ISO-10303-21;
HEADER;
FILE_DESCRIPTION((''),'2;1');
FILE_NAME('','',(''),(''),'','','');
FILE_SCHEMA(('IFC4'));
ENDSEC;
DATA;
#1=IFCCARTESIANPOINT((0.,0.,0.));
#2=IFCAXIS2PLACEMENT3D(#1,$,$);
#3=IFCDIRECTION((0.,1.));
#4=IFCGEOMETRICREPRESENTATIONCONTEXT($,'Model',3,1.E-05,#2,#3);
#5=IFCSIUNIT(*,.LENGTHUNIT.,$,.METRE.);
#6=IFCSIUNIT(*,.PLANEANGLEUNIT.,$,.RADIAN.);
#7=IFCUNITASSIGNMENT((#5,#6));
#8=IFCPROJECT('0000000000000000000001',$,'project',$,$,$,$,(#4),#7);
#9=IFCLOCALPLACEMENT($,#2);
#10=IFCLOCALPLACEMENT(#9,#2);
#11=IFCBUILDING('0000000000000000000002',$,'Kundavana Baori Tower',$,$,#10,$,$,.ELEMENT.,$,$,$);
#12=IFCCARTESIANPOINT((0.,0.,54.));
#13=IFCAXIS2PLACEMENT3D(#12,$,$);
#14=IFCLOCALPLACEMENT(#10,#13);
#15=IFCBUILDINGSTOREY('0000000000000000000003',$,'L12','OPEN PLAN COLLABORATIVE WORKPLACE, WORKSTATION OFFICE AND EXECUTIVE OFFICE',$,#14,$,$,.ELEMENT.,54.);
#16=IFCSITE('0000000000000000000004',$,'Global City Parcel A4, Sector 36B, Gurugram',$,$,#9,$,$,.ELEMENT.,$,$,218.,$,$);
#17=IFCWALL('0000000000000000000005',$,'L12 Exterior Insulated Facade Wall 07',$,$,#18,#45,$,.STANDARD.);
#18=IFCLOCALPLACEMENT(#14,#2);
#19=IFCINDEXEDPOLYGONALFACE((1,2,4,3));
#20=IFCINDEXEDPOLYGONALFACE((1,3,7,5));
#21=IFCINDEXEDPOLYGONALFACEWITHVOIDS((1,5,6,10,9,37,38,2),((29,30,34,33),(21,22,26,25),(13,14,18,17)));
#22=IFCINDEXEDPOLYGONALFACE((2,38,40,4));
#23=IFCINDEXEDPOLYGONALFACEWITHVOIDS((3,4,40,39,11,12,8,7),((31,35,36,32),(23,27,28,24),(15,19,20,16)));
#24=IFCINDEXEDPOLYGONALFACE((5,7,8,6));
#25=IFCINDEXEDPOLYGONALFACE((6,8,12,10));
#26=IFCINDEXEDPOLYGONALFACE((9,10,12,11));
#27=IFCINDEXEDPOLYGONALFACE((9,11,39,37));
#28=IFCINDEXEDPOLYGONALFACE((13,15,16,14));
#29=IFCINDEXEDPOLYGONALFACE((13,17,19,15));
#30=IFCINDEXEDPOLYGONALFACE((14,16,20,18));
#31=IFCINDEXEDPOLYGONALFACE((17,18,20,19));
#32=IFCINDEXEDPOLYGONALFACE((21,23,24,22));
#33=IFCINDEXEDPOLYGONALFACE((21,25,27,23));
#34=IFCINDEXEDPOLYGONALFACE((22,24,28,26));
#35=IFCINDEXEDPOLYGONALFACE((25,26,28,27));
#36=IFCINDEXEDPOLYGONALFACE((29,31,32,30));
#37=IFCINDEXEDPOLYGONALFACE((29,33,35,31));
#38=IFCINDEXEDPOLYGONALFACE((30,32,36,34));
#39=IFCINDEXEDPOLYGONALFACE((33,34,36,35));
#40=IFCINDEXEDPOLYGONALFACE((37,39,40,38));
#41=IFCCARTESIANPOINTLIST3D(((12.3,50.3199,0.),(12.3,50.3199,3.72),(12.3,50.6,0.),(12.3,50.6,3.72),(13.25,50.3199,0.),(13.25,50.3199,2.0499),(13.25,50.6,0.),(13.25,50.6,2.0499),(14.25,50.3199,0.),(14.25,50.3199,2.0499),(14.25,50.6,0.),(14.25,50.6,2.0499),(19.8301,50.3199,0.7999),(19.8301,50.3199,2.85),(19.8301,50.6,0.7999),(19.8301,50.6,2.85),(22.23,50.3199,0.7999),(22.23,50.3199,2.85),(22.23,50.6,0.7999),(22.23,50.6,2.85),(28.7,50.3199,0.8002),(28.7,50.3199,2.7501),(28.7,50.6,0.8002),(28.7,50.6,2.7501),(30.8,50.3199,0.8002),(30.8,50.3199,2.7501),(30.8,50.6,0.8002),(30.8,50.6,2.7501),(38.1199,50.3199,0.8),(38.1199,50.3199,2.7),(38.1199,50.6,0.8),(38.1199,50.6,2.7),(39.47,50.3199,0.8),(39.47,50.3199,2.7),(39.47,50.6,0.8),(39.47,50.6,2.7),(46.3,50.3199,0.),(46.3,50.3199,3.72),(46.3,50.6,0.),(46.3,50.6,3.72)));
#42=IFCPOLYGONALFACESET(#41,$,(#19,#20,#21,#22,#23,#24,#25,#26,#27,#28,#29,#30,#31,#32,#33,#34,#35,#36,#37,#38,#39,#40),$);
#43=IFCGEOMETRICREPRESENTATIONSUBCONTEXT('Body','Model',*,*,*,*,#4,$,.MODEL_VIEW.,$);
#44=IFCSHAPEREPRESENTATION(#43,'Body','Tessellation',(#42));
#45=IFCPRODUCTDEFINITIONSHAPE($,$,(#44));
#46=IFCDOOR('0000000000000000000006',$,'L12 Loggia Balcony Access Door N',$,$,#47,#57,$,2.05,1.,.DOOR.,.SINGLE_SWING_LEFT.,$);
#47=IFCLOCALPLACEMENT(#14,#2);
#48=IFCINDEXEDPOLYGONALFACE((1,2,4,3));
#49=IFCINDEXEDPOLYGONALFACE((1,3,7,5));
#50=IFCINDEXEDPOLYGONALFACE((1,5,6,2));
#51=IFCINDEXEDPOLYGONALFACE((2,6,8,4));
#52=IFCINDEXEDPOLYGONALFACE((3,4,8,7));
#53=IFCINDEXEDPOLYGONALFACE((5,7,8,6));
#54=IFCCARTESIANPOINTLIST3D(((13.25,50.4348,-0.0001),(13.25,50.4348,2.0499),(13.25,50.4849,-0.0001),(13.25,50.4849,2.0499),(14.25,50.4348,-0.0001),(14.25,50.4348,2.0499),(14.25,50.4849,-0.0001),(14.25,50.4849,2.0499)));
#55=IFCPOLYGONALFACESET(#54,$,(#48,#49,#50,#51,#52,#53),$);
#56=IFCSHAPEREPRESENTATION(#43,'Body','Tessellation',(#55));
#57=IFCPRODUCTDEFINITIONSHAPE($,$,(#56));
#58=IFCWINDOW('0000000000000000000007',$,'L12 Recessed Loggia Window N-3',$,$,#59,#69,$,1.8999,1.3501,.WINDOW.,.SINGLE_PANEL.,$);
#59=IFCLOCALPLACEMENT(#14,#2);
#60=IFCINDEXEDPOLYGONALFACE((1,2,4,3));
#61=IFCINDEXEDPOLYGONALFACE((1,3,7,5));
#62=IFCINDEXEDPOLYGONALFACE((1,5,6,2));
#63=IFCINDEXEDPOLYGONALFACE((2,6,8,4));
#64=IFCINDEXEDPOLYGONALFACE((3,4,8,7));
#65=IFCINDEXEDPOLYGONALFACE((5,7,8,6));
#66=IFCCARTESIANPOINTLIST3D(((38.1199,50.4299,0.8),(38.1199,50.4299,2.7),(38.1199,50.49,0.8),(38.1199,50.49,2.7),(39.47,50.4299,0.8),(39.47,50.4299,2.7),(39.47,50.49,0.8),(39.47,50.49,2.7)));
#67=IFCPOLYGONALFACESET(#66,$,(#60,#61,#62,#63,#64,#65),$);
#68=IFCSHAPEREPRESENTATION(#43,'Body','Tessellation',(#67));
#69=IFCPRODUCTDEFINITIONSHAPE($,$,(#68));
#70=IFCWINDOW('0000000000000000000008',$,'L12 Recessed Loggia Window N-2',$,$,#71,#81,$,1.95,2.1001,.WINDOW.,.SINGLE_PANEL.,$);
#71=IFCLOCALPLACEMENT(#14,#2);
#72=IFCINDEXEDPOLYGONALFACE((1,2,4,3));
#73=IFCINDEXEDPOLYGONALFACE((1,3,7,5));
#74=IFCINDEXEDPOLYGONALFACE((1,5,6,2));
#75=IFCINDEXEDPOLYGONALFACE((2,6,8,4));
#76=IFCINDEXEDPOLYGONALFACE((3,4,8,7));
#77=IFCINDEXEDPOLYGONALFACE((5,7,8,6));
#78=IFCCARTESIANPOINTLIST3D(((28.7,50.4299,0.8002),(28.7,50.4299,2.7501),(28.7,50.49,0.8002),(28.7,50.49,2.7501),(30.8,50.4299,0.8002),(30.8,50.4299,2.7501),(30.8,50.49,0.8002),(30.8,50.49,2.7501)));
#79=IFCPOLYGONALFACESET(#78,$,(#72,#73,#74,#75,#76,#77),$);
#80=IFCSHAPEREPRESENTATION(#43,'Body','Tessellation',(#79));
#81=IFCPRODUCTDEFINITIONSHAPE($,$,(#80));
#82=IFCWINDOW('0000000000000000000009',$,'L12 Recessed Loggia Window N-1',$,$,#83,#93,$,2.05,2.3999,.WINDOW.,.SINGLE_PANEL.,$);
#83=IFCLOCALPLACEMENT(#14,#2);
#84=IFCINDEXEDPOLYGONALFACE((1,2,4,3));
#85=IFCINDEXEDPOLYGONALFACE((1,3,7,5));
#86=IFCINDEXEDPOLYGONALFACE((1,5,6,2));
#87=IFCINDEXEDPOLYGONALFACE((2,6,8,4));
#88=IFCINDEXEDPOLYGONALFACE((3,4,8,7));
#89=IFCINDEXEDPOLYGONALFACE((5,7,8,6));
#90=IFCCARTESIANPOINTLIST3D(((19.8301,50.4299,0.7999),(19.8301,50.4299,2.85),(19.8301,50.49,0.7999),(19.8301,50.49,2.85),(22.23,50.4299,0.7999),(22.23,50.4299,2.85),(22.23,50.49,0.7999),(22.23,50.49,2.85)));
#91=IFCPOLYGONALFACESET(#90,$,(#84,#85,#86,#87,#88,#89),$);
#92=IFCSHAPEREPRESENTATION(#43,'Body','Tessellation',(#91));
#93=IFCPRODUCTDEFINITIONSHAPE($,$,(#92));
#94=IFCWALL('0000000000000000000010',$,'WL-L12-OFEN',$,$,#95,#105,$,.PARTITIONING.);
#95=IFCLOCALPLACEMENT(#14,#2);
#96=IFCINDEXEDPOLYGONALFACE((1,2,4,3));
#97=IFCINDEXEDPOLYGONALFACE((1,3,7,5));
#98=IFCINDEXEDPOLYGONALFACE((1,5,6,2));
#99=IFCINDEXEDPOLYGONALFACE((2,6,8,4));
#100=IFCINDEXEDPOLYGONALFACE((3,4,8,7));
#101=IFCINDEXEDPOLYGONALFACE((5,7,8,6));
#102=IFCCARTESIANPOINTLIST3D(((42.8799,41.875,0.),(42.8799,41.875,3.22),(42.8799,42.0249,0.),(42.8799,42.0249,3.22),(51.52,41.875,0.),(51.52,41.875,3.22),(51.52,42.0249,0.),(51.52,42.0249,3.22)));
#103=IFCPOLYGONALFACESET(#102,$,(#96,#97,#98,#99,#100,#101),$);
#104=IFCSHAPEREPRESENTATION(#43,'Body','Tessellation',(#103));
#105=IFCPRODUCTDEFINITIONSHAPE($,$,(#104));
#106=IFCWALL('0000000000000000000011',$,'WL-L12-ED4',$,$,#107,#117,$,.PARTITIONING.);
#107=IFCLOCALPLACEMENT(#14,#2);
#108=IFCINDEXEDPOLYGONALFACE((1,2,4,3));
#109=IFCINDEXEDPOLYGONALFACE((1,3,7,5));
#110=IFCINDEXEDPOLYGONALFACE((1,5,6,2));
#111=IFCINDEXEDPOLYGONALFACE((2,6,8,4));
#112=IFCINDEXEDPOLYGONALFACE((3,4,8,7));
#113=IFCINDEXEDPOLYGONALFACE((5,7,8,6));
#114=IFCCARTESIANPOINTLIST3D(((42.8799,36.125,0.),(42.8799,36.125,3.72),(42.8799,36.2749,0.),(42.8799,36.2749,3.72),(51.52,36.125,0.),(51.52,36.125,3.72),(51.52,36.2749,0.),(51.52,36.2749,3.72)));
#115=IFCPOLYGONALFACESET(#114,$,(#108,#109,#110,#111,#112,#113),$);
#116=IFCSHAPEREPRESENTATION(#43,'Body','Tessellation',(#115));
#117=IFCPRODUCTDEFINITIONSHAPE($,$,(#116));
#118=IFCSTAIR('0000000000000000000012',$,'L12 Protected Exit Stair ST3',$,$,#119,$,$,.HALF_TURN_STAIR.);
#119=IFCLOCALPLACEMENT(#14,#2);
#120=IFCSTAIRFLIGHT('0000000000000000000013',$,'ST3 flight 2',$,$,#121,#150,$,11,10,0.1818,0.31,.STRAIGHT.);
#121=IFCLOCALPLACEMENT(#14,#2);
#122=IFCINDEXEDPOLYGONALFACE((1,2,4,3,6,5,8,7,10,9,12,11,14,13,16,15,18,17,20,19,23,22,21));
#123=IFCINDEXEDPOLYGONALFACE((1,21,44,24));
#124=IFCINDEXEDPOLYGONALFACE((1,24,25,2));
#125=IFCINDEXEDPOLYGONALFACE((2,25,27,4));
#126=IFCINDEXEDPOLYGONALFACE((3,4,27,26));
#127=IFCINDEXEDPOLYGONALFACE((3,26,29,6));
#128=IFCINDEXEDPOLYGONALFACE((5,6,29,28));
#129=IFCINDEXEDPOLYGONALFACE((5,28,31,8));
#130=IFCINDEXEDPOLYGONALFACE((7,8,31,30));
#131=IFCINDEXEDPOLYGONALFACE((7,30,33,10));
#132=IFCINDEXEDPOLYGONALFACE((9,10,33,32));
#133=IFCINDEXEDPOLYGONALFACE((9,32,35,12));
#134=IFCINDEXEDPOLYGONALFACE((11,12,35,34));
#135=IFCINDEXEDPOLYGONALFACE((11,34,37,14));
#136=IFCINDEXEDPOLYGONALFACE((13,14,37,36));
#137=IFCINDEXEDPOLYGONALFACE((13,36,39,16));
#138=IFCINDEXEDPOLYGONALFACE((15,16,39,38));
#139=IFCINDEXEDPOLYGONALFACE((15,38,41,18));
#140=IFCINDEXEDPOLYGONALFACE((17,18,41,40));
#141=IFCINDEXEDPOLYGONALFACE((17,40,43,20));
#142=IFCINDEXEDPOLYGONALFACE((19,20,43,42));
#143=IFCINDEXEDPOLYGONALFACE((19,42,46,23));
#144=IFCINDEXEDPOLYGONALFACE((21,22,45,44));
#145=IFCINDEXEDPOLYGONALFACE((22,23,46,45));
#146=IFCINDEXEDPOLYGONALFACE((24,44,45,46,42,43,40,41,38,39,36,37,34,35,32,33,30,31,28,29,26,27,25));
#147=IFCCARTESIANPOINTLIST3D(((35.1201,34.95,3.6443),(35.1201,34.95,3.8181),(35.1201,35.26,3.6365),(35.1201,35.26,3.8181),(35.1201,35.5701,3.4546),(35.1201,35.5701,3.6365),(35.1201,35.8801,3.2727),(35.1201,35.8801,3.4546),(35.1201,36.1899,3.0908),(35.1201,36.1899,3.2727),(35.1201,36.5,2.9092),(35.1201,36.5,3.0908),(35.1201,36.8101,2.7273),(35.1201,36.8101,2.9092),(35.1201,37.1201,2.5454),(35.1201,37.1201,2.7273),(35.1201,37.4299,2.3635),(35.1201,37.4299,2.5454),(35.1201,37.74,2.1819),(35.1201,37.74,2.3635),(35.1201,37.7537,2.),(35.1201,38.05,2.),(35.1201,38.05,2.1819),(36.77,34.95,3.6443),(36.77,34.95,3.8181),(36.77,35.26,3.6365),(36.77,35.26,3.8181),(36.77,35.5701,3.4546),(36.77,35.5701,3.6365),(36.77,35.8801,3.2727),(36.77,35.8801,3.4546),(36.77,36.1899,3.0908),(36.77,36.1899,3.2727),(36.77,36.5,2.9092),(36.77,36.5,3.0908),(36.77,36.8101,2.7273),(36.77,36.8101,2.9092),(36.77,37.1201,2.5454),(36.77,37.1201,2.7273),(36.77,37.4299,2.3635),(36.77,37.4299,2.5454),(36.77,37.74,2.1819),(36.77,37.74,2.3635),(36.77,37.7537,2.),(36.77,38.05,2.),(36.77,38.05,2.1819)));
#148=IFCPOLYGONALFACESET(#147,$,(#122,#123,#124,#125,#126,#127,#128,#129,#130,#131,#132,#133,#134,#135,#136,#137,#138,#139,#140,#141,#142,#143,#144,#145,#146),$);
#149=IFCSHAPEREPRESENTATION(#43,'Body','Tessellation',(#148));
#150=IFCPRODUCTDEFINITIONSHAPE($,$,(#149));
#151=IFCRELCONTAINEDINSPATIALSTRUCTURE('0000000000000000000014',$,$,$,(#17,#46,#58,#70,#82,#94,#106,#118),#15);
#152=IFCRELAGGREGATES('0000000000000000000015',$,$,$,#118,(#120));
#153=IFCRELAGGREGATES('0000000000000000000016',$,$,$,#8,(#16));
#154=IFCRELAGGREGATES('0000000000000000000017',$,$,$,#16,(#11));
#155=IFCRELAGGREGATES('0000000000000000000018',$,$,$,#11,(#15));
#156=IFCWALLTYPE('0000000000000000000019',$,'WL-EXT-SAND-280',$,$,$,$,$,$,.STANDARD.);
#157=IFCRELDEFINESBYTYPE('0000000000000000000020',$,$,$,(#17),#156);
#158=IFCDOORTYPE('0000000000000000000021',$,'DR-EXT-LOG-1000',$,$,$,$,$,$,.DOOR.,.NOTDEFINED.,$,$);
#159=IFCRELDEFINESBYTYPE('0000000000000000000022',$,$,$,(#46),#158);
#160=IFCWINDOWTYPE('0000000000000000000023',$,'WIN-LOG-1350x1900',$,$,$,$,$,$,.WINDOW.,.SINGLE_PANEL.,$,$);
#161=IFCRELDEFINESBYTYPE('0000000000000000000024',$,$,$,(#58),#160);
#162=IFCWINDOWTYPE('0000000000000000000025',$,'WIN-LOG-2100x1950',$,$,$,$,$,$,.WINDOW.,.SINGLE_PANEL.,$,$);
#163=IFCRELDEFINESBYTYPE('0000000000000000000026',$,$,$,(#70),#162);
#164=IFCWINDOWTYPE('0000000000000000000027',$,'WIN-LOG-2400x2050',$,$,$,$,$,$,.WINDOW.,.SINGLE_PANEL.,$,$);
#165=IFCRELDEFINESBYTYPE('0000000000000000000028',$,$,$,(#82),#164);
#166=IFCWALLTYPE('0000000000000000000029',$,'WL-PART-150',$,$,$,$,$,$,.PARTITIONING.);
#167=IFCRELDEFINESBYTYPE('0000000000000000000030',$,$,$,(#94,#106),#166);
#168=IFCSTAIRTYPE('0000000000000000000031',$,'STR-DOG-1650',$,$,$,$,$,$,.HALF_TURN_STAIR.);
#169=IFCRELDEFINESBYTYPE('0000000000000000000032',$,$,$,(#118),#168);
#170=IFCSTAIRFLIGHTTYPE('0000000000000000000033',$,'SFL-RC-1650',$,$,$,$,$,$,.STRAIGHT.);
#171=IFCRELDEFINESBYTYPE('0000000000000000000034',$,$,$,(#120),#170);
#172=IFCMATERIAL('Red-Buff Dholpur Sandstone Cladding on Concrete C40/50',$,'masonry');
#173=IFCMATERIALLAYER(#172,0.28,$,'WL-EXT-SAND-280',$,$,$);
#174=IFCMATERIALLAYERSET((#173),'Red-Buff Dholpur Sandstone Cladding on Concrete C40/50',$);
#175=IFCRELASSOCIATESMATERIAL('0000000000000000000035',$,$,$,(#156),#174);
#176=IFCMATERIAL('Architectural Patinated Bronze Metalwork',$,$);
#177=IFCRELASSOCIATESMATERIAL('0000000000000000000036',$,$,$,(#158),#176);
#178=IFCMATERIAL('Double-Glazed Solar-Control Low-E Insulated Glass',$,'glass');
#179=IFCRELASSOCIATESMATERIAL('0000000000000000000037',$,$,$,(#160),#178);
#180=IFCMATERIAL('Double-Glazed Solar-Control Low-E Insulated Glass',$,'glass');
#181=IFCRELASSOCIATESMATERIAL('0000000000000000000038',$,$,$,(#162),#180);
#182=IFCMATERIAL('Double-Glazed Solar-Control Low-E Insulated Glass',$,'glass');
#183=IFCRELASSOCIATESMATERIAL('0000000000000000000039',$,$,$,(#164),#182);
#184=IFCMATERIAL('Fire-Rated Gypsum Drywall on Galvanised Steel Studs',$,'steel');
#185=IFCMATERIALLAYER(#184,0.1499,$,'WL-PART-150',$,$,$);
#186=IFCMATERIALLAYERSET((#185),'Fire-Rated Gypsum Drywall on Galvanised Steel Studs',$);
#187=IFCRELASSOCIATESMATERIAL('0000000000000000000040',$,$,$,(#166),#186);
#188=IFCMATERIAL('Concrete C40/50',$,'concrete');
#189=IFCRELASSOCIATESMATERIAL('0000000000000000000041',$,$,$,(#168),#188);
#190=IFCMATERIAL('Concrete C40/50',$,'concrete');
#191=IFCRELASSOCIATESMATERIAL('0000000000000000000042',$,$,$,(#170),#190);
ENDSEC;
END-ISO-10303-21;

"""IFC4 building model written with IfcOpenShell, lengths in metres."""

from ifc_helpers import new_model, si_unit, direction, frame, frame_2d, origin, place, context, subcontext, project, spatial, polyline, rectangle, outline, extrude, material, layer, layer_set, type_object, element, fill, aggregate, save


model = new_model("IFC4")

# Units and contexts
model_context = context("Model", 3, precision=1e-05, world=origin(), true_north=direction((0.0, 1.0)))
body_context = subcontext(model_context, "Body", "Model", "MODEL_VIEW")
ifc_project = project(units=[si_unit("LENGTHUNIT", "METRE"), si_unit("PLANEANGLEUNIT", "RADIAN")], contexts=[model_context])

# Site, building, storey
site_placement = place(None, origin())
site = spatial("IfcSite", under=ifc_project, at=site_placement, Name="Global City Parcel A4, Sector 36B, Gurugram", CompositionType="ELEMENT", RefElevation=218.0)
building_placement = place(site_placement, origin())
building = spatial("IfcBuilding", under=site, at=building_placement, Name="Kundavana Baori Tower", CompositionType="ELEMENT")
storey_placement = place(building_placement, frame((0.0, 0.0, 54.0)))
storey = spatial("IfcBuildingStorey", under=building, at=storey_placement, Name="L12", Description="OPEN PLAN COLLABORATIVE WORKPLACE, WORKSTATION OFFICE AND EXECUTIVE OFFICE", CompositionType="ELEMENT", Elevation=54.0)

# Shared definitions
ifc_material_1 = material(Name="Red-Buff Dholpur Sandstone Cladding on Concrete C40/50", Category="masonry")
ifc_layer_1 = layer(ifc_material_1, 0.28, Name="WL-EXT-SAND-280")
ifc_layer_set_1 = layer_set([ifc_layer_1], Name="Red-Buff Dholpur Sandstone Cladding on Concrete C40/50")
wall_type_1 = type_object("IfcWallType", Name="WL-EXT-SAND-280", PredefinedType="STANDARD", material=ifc_layer_set_1)

# Wall, openings, door, windows
wall_1_placement = place(storey_placement, frame((46.3, 50.46, 0.0), z_axis=(0.0, 0.0, 1.0), x_axis=(-1.0, 0.0, 0.0)))
wall_1 = element("IfcWall", 1, at=wall_1_placement, inside=storey, type_object=wall_type_1, Name="L12 Exterior Insulated Facade Wall 07", PredefinedType="STANDARD", context=body_context, shape_type="SweptSolid", body=[
    extrude(rectangle(XDim=34.0, YDim=0.28, at=frame_2d((17.0, 0.0))), origin(), (0.0, 0.0, 1.0), 3.72),
])
opening_1_placement = place(wall_1_placement, frame((32.05, 0.0, 0.0)))
opening_1 = element("IfcOpeningElement", 2, at=opening_1_placement, cuts=wall_1, PredefinedType="OPENING", context=body_context, shape_type="SweptSolid", body=[
    extrude(rectangle(XDim=1.0, YDim=2.05, at=frame_2d((0.5, 1.0249))), frame((0.0, 0.1499, 0.0), z_axis=(0.0, -1.0, 0.0), x_axis=(1.0, 0.0, 0.0)), (0.0, 0.0, 1.0), 0.3),
])
opening_2_placement = place(wall_1_placement, frame((24.0701, 0.0, 0.8)))
opening_2 = element("IfcOpeningElement", 3, at=opening_2_placement, cuts=wall_1, PredefinedType="OPENING", context=body_context, shape_type="SweptSolid", body=[
    extrude(rectangle(XDim=2.3999, YDim=2.05, at=frame_2d((1.2, 1.0249))), frame((0.0, 0.1499, 0.0), z_axis=(0.0, -1.0, 0.0), x_axis=(1.0, 0.0, 0.0)), (0.0, 0.0, 1.0), 0.3),
])
opening_3_placement = place(wall_1_placement, frame((15.5, 0.0, 0.8)))
opening_3 = element("IfcOpeningElement", 4, at=opening_3_placement, cuts=wall_1, PredefinedType="OPENING", context=body_context, shape_type="SweptSolid", body=[
    extrude(rectangle(XDim=2.1001, YDim=1.95, at=frame_2d((1.05, 0.9751))), frame((0.0, 0.1499, 0.0), z_axis=(0.0, -1.0, 0.0), x_axis=(1.0, 0.0, 0.0)), (0.0, 0.0, 1.0), 0.3),
])
opening_4_placement = place(wall_1_placement, frame((6.8301, 0.0, 0.8)))
opening_4 = element("IfcOpeningElement", 5, at=opening_4_placement, cuts=wall_1, PredefinedType="OPENING", context=body_context, shape_type="SweptSolid", body=[
    extrude(rectangle(XDim=1.3501, YDim=1.8999, at=frame_2d((0.675, 0.95))), frame((0.0, 0.1499, 0.0), z_axis=(0.0, -1.0, 0.0), x_axis=(1.0, 0.0, 0.0)), (0.0, 0.0, 1.0), 0.3),
])
ifc_material_2 = material(Name="Architectural Patinated Bronze Metalwork")
door_type = type_object("IfcDoorType", Name="DR-EXT-LOG-1000", OperationType="NOTDEFINED", PredefinedType="DOOR", material=ifc_material_2)
door_placement = place(opening_1_placement, frame((1.0, 0.0, 0.0), z_axis=(0.0, 0.0, 1.0), x_axis=(-1.0, 0.0, 0.0)))
door = element("IfcDoor", 6, at=door_placement, inside=storey, type_object=door_type, Name="L12 Loggia Balcony Access Door N", OperationType="SINGLE_SWING_LEFT", OverallHeight=2.05, OverallWidth=1.0, PredefinedType="DOOR", context=body_context, shape_type="SweptSolid", body=[
    extrude(rectangle(XDim=1.0, YDim=2.05, at=frame_2d((0.5, 1.0249))), frame((0.0, 0.0249, 0.0), z_axis=(0.0, -1.0, 0.0), x_axis=(1.0, 0.0, 0.0)), (0.0, 0.0, 1.0), 0.05),
])
fill(opening_1, door)
ifc_material_3 = material(Name="Double-Glazed Solar-Control Low-E Insulated Glass", Category="glass")
window_type_1 = type_object("IfcWindowType", Name="WIN-LOG-1350x1900", PartitioningType="SINGLE_PANEL", PredefinedType="WINDOW", material=ifc_material_3)
window_1_placement = place(opening_4_placement, origin())
window_1 = element("IfcWindow", 7, at=window_1_placement, inside=storey, type_object=window_type_1, Name="L12 Recessed Loggia Window N-3", OverallHeight=1.8999, OverallWidth=1.3501, PartitioningType="SINGLE_PANEL", PredefinedType="WINDOW", context=body_context, shape_type="SweptSolid", body=[
    extrude(rectangle(XDim=1.3501, YDim=1.8999, at=frame_2d((0.675, 0.95))), frame((0.0, 0.03, 0.0), z_axis=(0.0, -1.0, 0.0), x_axis=(1.0, 0.0, 0.0)), (0.0, 0.0, 1.0), 0.0601),
])
fill(opening_4, window_1)
ifc_material_4 = material(Name="Double-Glazed Solar-Control Low-E Insulated Glass", Category="glass")
window_type_2 = type_object("IfcWindowType", Name="WIN-LOG-2100x1950", PartitioningType="SINGLE_PANEL", PredefinedType="WINDOW", material=ifc_material_4)
window_2_placement = place(opening_3_placement, origin())
window_2 = element("IfcWindow", 8, at=window_2_placement, inside=storey, type_object=window_type_2, Name="L12 Recessed Loggia Window N-2", OverallHeight=1.95, OverallWidth=2.1001, PartitioningType="SINGLE_PANEL", PredefinedType="WINDOW", context=body_context, shape_type="SweptSolid", body=[
    extrude(rectangle(XDim=2.1001, YDim=1.95, at=frame_2d((1.05, 0.9751))), frame((0.0, 0.03, 0.0), z_axis=(0.0, -1.0, 0.0), x_axis=(1.0, 0.0, 0.0)), (0.0, 0.0, 1.0), 0.0601),
])
fill(opening_3, window_2)
ifc_material_5 = material(Name="Double-Glazed Solar-Control Low-E Insulated Glass", Category="glass")
window_type_3 = type_object("IfcWindowType", Name="WIN-LOG-2400x2050", PartitioningType="SINGLE_PANEL", PredefinedType="WINDOW", material=ifc_material_5)
window_3_placement = place(opening_2_placement, origin())
window_3 = element("IfcWindow", 9, at=window_3_placement, inside=storey, type_object=window_type_3, Name="L12 Recessed Loggia Window N-1", OverallHeight=2.05, OverallWidth=2.3999, PartitioningType="SINGLE_PANEL", PredefinedType="WINDOW", context=body_context, shape_type="SweptSolid", body=[
    extrude(rectangle(XDim=2.3999, YDim=2.05, at=frame_2d((1.2, 1.0249))), frame((0.0, 0.03, 0.0), z_axis=(0.0, -1.0, 0.0), x_axis=(1.0, 0.0, 0.0)), (0.0, 0.0, 1.0), 0.0601),
])
fill(opening_2, window_3)

# Walls
ifc_material_6 = material(Name="Fire-Rated Gypsum Drywall on Galvanised Steel Studs", Category="steel")
ifc_layer_2 = layer(ifc_material_6, 0.1499, Name="WL-PART-150")
ifc_layer_set_2 = layer_set([ifc_layer_2], Name="Fire-Rated Gypsum Drywall on Galvanised Steel Studs")
wall_type_2 = type_object("IfcWallType", Name="WL-PART-150", PredefinedType="PARTITIONING", material=ifc_layer_set_2)
wall_2_placement = place(storey_placement, frame((42.8799, 41.95, 0.0), z_axis=(0.0, 0.0, 1.0), x_axis=(1.0, 0.0, 0.0)))
element("IfcWall", 10, at=wall_2_placement, inside=storey, type_object=wall_type_2, Name="WL-L12-OFEN", PredefinedType="PARTITIONING", context=body_context, shape_type="SweptSolid", body=[
    extrude(rectangle(XDim=8.6401, YDim=0.1499, at=frame_2d((4.3201, 0.0))), origin(), (0.0, 0.0, 1.0), 3.22),
])
wall_3_placement = place(storey_placement, frame((42.8799, 36.2, 0.0), z_axis=(0.0, 0.0, 1.0), x_axis=(1.0, 0.0, 0.0)))
element("IfcWall", 11, at=wall_3_placement, inside=storey, type_object=wall_type_2, Name="WL-L12-ED4", PredefinedType="PARTITIONING", context=body_context, shape_type="SweptSolid", body=[
    extrude(rectangle(XDim=8.6401, YDim=0.1499, at=frame_2d((4.3201, 0.0))), origin(), (0.0, 0.0, 1.0), 3.72),
])

# Stair, stair flight
ifc_material_7 = material(Name="Concrete C40/50", Category="concrete")
stair_type = type_object("IfcStairType", Name="STR-DOG-1650", PredefinedType="HALF_TURN_STAIR", material=ifc_material_7)
stair_placement = place(storey_placement, origin())
stair = element("IfcStair", 12, at=stair_placement, inside=storey, type_object=stair_type, Name="L12 Protected Exit Stair ST3", PredefinedType="HALF_TURN_STAIR")
ifc_material_8 = material(Name="Concrete C40/50", Category="concrete")
stair_flight_type = type_object("IfcStairFlightType", Name="SFL-RC-1650", PredefinedType="STRAIGHT", material=ifc_material_8)
stair_flight_placement = place(storey_placement, frame((35.9451, 38.05, 2.0), z_axis=(0.0, 0.0, 1.0), x_axis=(0.0, -1.0, 0.0)))
stair_flight = element("IfcStairFlight", 13, at=stair_flight_placement, type_object=stair_flight_type, Name="ST3 flight 2", NumberOfRisers=11, NumberOfTreads=10, PredefinedType="STRAIGHT", RiserHeight=0.1818, TreadLength=0.31, context=body_context, shape_type="SweptSolid", body=[
    extrude(outline(polyline([(0.0, 0.0), (0.0, 0.1819), (0.3101, 0.1819), (0.3101, 0.3635), (0.6201, 0.3635), (0.6201, 0.5454), (0.9299, 0.5454), (0.9299, 0.7273), (1.24, 0.7273), (1.24, 0.9092), (1.55, 0.9092), (1.55, 1.0908), (1.8601, 1.0908), (1.8601, 1.2727), (2.1699, 1.2727), (2.1699, 1.4546), (2.48, 1.4546), (2.48, 1.6365), (2.79, 1.6365), (2.79, 1.8181), (3.1001, 1.8181), (3.1001, 2.0), (3.1001, 1.6443), (0.2964, 0.0), (0.0, 0.0)])), frame((0.0, 0.825, 0.0), z_axis=(0.0, -1.0, 0.0), x_axis=(1.0, 0.0, 0.0)), (0.0, 0.0, 1.0), 1.6499),
])
aggregate(stair, [stair_flight])

save(model, "model.ifc")
